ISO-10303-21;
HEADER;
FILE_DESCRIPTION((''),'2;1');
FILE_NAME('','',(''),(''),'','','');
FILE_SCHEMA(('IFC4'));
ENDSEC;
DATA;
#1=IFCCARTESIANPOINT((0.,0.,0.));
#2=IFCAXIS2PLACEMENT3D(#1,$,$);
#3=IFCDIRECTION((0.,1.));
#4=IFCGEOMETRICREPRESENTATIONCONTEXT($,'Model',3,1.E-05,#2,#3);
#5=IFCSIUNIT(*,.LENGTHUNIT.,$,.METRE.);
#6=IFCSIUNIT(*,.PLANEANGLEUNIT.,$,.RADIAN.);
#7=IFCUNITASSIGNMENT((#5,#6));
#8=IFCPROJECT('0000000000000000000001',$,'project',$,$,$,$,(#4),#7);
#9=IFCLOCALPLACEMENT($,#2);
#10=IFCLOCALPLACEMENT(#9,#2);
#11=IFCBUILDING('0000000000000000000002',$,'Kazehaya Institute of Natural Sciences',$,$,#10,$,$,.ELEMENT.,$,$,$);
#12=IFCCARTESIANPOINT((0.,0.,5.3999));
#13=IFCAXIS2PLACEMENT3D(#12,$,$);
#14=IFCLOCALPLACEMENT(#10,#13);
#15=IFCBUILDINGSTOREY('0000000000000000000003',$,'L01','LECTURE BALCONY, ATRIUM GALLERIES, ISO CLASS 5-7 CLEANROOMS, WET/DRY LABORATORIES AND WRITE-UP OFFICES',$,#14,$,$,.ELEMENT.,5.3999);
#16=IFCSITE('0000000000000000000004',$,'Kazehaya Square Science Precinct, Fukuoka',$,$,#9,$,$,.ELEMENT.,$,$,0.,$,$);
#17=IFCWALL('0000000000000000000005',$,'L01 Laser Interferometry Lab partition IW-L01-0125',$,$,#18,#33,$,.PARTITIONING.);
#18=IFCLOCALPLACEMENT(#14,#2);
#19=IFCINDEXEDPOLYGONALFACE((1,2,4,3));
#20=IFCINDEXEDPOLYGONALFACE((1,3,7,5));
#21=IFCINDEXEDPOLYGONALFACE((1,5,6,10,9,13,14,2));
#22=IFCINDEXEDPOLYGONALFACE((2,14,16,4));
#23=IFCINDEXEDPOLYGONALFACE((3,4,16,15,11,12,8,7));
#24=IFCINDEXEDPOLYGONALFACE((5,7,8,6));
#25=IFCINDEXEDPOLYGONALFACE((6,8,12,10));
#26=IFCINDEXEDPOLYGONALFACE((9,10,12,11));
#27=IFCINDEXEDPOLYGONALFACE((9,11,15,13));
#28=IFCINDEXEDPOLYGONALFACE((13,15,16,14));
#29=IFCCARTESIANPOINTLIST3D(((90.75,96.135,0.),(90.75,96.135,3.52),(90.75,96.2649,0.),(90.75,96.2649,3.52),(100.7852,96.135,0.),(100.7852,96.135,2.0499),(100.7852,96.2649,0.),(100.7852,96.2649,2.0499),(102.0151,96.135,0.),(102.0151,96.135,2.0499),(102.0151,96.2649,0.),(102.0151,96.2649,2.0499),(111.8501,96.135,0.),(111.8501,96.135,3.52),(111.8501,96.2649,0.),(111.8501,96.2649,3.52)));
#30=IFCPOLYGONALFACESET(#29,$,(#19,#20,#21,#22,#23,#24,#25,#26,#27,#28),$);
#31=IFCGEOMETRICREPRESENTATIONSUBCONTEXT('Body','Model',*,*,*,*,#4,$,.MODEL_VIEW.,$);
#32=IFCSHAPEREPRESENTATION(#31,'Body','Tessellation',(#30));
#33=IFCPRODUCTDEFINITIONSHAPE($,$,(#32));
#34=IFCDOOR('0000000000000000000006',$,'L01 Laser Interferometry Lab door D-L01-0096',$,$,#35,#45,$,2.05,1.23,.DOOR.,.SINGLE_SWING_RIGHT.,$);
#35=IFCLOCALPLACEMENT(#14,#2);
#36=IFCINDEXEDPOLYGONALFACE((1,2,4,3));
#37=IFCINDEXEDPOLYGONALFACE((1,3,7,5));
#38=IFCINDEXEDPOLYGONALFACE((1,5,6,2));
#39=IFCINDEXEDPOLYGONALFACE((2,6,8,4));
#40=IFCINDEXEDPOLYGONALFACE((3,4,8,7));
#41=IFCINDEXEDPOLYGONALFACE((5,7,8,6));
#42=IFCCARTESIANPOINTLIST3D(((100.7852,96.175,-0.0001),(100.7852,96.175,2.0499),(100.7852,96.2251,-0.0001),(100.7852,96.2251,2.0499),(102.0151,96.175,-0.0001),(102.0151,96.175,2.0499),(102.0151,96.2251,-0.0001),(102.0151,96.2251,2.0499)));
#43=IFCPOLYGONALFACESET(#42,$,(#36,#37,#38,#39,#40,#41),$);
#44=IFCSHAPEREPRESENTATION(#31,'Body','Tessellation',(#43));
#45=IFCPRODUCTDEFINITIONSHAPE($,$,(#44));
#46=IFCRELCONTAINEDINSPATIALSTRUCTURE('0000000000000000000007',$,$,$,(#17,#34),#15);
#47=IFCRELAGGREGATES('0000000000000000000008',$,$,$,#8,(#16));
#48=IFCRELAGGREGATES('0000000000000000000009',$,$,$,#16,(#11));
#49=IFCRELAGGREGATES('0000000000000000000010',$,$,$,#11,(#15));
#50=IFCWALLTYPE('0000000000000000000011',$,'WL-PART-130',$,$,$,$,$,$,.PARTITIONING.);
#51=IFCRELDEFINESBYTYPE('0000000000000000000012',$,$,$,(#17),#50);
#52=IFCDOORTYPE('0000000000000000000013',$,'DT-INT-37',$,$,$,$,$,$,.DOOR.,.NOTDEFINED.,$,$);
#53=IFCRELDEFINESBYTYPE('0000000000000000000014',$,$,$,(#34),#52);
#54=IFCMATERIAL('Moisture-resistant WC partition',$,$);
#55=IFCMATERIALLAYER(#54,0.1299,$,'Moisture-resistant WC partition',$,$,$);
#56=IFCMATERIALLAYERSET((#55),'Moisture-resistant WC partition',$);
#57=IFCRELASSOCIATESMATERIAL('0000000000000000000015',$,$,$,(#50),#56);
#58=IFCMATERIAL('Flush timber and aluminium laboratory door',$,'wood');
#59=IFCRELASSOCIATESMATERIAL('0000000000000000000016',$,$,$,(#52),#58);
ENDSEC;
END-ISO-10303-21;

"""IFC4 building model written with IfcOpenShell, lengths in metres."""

from ifc_helpers import new_model, si_unit, direction, frame, frame_2d, origin, place, context, subcontext, project, spatial, rectangle, extrude, material, layer, layer_set, type_object, element, fill, save


model = new_model("IFC4")

# Units and contexts
model_context = context("Model", 3, precision=1e-05, world=origin(), true_north=direction((0.0, 1.0)))
body_context = subcontext(model_context, "Body", "Model", "MODEL_VIEW")
ifc_project = project(units=[si_unit("LENGTHUNIT", "METRE"), si_unit("PLANEANGLEUNIT", "RADIAN")], contexts=[model_context])

# Site, building, storey
site_placement = place(None, origin())
site = spatial("IfcSite", under=ifc_project, at=site_placement, Name="Kazehaya Square Science Precinct, Fukuoka", CompositionType="ELEMENT", RefElevation=0.0)
building_placement = place(site_placement, origin())
building = spatial("IfcBuilding", under=site, at=building_placement, Name="Kazehaya Institute of Natural Sciences", CompositionType="ELEMENT")
storey_placement = place(building_placement, frame((0.0, 0.0, 5.3999)))
storey = spatial("IfcBuildingStorey", under=building, at=storey_placement, Name="L01", Description="LECTURE BALCONY, ATRIUM GALLERIES, ISO CLASS 5-7 CLEANROOMS, WET/DRY LABORATORIES AND WRITE-UP OFFICES", CompositionType="ELEMENT", Elevation=5.3999)

# Shared definitions
ifc_material_1 = material(Name="Flush timber and aluminium laboratory door", Category="wood")

# Wall, opening, door
ifc_material_2 = material(Name="Moisture-resistant WC partition")
ifc_layer_1 = layer(ifc_material_2, 0.1299, Name="Moisture-resistant WC partition")
ifc_layer_set_1 = layer_set([ifc_layer_1], Name="Moisture-resistant WC partition")
wall_type_1 = type_object("IfcWallType", Name="WL-PART-130", PredefinedType="PARTITIONING", material=ifc_layer_set_1)
wall_1_placement = place(storey_placement, frame((111.8501, 96.2, 0.0), z_axis=(0.0, 0.0, 1.0), x_axis=(-1.0, 0.0, 0.0)))
wall_1 = element("IfcWall", 1, at=wall_1_placement, inside=storey, type_object=wall_type_1, Name="L01 Laser Interferometry Lab partition IW-L01-0125", PredefinedType="PARTITIONING", context=body_context, shape_type="SweptSolid", body=[
    extrude(rectangle(XDim=21.1001, YDim=0.1299, at=frame_2d((10.55, 0.0))), origin(), (0.0, 0.0, 1.0), 3.52),
])
opening_1_placement = place(wall_1_placement, frame((9.835, 0.0, 0.0)))
opening_1 = element("IfcOpeningElement", 2, at=opening_1_placement, cuts=wall_1, PredefinedType="OPENING", context=body_context, shape_type="SweptSolid", body=[
    extrude(rectangle(XDim=1.23, YDim=2.05, at=frame_2d((0.615, 1.0249))), frame((0.0, 0.075, 0.0), z_axis=(0.0, -1.0, 0.0), x_axis=(1.0, 0.0, 0.0)), (0.0, 0.0, 1.0), 0.1499),
])
door_type_1 = type_object("IfcDoorType", Name="DT-INT-37", OperationType="NOTDEFINED", PredefinedType="DOOR", material=ifc_material_1)
door_1_placement = place(opening_1_placement, origin())
door_1 = element("IfcDoor", 3, at=door_1_placement, inside=storey, type_object=door_type_1, Name="L01 Laser Interferometry Lab door D-L01-0096", OperationType="SINGLE_SWING_RIGHT", OverallHeight=2.05, OverallWidth=1.23, PredefinedType="DOOR", context=body_context, shape_type="SweptSolid", body=[
    extrude(rectangle(XDim=1.23, YDim=2.05, at=frame_2d((0.615, 1.0249))), frame((0.0, 0.0249, 0.0), z_axis=(0.0, -1.0, 0.0), x_axis=(1.0, 0.0, 0.0)), (0.0, 0.0, 1.0), 0.05),
])
fill(opening_1, door_1)

save(model, "model.ifc")
